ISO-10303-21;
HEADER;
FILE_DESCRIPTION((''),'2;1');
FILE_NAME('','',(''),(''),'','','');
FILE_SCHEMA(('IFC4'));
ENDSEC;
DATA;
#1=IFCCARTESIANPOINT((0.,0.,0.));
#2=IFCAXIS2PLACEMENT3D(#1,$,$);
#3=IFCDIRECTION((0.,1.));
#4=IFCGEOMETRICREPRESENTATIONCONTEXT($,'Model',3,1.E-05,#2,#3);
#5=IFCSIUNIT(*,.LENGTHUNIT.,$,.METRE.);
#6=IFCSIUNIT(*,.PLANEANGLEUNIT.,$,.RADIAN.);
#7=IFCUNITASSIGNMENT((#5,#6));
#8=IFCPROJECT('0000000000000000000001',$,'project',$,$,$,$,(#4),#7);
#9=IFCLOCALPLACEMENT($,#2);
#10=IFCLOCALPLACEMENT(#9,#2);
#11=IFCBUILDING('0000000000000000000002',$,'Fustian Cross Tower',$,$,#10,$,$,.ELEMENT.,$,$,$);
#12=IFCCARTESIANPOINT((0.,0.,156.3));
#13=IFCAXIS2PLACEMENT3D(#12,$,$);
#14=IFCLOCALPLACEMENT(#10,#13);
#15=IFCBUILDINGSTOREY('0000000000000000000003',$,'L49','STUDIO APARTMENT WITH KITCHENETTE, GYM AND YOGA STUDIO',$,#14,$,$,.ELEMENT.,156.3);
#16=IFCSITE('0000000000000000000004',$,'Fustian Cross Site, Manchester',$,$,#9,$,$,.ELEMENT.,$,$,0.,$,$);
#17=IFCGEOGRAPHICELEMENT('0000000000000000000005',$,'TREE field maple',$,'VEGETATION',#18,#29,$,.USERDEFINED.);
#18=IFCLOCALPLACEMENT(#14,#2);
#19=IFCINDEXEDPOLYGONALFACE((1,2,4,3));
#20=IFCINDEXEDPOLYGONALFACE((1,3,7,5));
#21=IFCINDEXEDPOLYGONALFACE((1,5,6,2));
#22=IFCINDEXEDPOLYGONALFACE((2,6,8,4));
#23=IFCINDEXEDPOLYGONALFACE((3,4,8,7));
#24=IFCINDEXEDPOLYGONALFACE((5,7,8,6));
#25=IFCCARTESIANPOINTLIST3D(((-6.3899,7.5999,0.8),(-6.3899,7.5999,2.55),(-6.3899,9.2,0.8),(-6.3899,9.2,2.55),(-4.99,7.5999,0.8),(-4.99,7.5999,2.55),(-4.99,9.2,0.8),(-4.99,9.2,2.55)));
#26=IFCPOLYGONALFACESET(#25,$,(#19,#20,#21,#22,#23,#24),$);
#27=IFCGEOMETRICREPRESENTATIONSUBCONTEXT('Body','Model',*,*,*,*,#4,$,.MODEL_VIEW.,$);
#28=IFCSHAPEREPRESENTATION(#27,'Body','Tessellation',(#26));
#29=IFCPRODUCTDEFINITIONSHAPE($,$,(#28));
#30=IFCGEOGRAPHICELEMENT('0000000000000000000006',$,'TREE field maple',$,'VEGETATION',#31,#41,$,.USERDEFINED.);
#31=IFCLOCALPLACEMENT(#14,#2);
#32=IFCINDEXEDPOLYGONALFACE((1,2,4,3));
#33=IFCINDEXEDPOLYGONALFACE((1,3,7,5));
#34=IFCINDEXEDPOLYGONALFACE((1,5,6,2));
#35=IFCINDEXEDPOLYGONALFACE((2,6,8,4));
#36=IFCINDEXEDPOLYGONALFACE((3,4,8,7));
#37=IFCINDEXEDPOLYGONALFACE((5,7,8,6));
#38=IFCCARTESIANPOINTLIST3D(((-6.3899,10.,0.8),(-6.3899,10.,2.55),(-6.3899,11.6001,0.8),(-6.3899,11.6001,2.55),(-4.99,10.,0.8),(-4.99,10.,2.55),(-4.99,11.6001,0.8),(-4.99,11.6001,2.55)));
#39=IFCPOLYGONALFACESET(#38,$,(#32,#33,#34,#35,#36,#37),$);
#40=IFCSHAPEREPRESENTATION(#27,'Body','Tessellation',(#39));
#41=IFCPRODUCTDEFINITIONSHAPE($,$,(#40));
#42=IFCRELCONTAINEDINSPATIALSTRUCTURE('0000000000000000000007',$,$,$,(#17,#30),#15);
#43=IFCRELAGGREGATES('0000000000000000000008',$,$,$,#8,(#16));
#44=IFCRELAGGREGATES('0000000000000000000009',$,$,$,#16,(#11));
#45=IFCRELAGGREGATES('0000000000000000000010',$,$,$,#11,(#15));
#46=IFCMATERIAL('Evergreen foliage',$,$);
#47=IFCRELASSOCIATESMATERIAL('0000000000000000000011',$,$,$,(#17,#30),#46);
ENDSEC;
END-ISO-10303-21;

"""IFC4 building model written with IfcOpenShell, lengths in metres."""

from ifc_helpers import new_model, si_unit, direction, frame, origin, origin_2d, place, context, subcontext, project, spatial, rectangle, extrude, material, element, save


model = new_model("IFC4")

# Units and contexts
model_context = context("Model", 3, precision=1e-05, world=origin(), true_north=direction((0.0, 1.0)))
body_context = subcontext(model_context, "Body", "Model", "MODEL_VIEW")
ifc_project = project(units=[si_unit("LENGTHUNIT", "METRE"), si_unit("PLANEANGLEUNIT", "RADIAN")], contexts=[model_context])

# Site, building, storey
site_placement = place(None, origin())
site = spatial("IfcSite", under=ifc_project, at=site_placement, Name="Fustian Cross Site, Manchester", CompositionType="ELEMENT", RefElevation=0.0)
building_placement = place(site_placement, origin())
building = spatial("IfcBuilding", under=site, at=building_placement, Name="Fustian Cross Tower", CompositionType="ELEMENT")
storey_placement = place(building_placement, frame((0.0, 0.0, 156.3)))
storey = spatial("IfcBuildingStorey", under=building, at=storey_placement, Name="L49", Description="STUDIO APARTMENT WITH KITCHENETTE, GYM AND YOGA STUDIO", CompositionType="ELEMENT", Elevation=156.3)

# Geographic elements
ifc_material_1 = material(Name="Evergreen foliage")
for number, where, z_axis, x_axis, name in (
    (1, (-5.6899, 8.3999, 0.8), (0.0, 0.0, 1.0), (1.0, 0.0, 0.0), "TREE field maple"),
    (2, (-5.6899, 10.8, 0.8), (0.0, 0.0, 1.0), (1.0, 0.0, 0.0), "TREE field maple"),
):
    element("IfcGeographicElement", number, at=place(storey_placement, frame(where, z_axis=z_axis, x_axis=x_axis)), inside=storey, material=ifc_material_1, Name=name, ObjectType="VEGETATION", PredefinedType="USERDEFINED", context=body_context, shape_type="SweptSolid", body=[
        extrude(rectangle(XDim=1.3999, YDim=1.6001, at=origin_2d()), origin(), (0.0, 0.0, 1.0), 1.75),
    ])

save(model, "model.ifc")
